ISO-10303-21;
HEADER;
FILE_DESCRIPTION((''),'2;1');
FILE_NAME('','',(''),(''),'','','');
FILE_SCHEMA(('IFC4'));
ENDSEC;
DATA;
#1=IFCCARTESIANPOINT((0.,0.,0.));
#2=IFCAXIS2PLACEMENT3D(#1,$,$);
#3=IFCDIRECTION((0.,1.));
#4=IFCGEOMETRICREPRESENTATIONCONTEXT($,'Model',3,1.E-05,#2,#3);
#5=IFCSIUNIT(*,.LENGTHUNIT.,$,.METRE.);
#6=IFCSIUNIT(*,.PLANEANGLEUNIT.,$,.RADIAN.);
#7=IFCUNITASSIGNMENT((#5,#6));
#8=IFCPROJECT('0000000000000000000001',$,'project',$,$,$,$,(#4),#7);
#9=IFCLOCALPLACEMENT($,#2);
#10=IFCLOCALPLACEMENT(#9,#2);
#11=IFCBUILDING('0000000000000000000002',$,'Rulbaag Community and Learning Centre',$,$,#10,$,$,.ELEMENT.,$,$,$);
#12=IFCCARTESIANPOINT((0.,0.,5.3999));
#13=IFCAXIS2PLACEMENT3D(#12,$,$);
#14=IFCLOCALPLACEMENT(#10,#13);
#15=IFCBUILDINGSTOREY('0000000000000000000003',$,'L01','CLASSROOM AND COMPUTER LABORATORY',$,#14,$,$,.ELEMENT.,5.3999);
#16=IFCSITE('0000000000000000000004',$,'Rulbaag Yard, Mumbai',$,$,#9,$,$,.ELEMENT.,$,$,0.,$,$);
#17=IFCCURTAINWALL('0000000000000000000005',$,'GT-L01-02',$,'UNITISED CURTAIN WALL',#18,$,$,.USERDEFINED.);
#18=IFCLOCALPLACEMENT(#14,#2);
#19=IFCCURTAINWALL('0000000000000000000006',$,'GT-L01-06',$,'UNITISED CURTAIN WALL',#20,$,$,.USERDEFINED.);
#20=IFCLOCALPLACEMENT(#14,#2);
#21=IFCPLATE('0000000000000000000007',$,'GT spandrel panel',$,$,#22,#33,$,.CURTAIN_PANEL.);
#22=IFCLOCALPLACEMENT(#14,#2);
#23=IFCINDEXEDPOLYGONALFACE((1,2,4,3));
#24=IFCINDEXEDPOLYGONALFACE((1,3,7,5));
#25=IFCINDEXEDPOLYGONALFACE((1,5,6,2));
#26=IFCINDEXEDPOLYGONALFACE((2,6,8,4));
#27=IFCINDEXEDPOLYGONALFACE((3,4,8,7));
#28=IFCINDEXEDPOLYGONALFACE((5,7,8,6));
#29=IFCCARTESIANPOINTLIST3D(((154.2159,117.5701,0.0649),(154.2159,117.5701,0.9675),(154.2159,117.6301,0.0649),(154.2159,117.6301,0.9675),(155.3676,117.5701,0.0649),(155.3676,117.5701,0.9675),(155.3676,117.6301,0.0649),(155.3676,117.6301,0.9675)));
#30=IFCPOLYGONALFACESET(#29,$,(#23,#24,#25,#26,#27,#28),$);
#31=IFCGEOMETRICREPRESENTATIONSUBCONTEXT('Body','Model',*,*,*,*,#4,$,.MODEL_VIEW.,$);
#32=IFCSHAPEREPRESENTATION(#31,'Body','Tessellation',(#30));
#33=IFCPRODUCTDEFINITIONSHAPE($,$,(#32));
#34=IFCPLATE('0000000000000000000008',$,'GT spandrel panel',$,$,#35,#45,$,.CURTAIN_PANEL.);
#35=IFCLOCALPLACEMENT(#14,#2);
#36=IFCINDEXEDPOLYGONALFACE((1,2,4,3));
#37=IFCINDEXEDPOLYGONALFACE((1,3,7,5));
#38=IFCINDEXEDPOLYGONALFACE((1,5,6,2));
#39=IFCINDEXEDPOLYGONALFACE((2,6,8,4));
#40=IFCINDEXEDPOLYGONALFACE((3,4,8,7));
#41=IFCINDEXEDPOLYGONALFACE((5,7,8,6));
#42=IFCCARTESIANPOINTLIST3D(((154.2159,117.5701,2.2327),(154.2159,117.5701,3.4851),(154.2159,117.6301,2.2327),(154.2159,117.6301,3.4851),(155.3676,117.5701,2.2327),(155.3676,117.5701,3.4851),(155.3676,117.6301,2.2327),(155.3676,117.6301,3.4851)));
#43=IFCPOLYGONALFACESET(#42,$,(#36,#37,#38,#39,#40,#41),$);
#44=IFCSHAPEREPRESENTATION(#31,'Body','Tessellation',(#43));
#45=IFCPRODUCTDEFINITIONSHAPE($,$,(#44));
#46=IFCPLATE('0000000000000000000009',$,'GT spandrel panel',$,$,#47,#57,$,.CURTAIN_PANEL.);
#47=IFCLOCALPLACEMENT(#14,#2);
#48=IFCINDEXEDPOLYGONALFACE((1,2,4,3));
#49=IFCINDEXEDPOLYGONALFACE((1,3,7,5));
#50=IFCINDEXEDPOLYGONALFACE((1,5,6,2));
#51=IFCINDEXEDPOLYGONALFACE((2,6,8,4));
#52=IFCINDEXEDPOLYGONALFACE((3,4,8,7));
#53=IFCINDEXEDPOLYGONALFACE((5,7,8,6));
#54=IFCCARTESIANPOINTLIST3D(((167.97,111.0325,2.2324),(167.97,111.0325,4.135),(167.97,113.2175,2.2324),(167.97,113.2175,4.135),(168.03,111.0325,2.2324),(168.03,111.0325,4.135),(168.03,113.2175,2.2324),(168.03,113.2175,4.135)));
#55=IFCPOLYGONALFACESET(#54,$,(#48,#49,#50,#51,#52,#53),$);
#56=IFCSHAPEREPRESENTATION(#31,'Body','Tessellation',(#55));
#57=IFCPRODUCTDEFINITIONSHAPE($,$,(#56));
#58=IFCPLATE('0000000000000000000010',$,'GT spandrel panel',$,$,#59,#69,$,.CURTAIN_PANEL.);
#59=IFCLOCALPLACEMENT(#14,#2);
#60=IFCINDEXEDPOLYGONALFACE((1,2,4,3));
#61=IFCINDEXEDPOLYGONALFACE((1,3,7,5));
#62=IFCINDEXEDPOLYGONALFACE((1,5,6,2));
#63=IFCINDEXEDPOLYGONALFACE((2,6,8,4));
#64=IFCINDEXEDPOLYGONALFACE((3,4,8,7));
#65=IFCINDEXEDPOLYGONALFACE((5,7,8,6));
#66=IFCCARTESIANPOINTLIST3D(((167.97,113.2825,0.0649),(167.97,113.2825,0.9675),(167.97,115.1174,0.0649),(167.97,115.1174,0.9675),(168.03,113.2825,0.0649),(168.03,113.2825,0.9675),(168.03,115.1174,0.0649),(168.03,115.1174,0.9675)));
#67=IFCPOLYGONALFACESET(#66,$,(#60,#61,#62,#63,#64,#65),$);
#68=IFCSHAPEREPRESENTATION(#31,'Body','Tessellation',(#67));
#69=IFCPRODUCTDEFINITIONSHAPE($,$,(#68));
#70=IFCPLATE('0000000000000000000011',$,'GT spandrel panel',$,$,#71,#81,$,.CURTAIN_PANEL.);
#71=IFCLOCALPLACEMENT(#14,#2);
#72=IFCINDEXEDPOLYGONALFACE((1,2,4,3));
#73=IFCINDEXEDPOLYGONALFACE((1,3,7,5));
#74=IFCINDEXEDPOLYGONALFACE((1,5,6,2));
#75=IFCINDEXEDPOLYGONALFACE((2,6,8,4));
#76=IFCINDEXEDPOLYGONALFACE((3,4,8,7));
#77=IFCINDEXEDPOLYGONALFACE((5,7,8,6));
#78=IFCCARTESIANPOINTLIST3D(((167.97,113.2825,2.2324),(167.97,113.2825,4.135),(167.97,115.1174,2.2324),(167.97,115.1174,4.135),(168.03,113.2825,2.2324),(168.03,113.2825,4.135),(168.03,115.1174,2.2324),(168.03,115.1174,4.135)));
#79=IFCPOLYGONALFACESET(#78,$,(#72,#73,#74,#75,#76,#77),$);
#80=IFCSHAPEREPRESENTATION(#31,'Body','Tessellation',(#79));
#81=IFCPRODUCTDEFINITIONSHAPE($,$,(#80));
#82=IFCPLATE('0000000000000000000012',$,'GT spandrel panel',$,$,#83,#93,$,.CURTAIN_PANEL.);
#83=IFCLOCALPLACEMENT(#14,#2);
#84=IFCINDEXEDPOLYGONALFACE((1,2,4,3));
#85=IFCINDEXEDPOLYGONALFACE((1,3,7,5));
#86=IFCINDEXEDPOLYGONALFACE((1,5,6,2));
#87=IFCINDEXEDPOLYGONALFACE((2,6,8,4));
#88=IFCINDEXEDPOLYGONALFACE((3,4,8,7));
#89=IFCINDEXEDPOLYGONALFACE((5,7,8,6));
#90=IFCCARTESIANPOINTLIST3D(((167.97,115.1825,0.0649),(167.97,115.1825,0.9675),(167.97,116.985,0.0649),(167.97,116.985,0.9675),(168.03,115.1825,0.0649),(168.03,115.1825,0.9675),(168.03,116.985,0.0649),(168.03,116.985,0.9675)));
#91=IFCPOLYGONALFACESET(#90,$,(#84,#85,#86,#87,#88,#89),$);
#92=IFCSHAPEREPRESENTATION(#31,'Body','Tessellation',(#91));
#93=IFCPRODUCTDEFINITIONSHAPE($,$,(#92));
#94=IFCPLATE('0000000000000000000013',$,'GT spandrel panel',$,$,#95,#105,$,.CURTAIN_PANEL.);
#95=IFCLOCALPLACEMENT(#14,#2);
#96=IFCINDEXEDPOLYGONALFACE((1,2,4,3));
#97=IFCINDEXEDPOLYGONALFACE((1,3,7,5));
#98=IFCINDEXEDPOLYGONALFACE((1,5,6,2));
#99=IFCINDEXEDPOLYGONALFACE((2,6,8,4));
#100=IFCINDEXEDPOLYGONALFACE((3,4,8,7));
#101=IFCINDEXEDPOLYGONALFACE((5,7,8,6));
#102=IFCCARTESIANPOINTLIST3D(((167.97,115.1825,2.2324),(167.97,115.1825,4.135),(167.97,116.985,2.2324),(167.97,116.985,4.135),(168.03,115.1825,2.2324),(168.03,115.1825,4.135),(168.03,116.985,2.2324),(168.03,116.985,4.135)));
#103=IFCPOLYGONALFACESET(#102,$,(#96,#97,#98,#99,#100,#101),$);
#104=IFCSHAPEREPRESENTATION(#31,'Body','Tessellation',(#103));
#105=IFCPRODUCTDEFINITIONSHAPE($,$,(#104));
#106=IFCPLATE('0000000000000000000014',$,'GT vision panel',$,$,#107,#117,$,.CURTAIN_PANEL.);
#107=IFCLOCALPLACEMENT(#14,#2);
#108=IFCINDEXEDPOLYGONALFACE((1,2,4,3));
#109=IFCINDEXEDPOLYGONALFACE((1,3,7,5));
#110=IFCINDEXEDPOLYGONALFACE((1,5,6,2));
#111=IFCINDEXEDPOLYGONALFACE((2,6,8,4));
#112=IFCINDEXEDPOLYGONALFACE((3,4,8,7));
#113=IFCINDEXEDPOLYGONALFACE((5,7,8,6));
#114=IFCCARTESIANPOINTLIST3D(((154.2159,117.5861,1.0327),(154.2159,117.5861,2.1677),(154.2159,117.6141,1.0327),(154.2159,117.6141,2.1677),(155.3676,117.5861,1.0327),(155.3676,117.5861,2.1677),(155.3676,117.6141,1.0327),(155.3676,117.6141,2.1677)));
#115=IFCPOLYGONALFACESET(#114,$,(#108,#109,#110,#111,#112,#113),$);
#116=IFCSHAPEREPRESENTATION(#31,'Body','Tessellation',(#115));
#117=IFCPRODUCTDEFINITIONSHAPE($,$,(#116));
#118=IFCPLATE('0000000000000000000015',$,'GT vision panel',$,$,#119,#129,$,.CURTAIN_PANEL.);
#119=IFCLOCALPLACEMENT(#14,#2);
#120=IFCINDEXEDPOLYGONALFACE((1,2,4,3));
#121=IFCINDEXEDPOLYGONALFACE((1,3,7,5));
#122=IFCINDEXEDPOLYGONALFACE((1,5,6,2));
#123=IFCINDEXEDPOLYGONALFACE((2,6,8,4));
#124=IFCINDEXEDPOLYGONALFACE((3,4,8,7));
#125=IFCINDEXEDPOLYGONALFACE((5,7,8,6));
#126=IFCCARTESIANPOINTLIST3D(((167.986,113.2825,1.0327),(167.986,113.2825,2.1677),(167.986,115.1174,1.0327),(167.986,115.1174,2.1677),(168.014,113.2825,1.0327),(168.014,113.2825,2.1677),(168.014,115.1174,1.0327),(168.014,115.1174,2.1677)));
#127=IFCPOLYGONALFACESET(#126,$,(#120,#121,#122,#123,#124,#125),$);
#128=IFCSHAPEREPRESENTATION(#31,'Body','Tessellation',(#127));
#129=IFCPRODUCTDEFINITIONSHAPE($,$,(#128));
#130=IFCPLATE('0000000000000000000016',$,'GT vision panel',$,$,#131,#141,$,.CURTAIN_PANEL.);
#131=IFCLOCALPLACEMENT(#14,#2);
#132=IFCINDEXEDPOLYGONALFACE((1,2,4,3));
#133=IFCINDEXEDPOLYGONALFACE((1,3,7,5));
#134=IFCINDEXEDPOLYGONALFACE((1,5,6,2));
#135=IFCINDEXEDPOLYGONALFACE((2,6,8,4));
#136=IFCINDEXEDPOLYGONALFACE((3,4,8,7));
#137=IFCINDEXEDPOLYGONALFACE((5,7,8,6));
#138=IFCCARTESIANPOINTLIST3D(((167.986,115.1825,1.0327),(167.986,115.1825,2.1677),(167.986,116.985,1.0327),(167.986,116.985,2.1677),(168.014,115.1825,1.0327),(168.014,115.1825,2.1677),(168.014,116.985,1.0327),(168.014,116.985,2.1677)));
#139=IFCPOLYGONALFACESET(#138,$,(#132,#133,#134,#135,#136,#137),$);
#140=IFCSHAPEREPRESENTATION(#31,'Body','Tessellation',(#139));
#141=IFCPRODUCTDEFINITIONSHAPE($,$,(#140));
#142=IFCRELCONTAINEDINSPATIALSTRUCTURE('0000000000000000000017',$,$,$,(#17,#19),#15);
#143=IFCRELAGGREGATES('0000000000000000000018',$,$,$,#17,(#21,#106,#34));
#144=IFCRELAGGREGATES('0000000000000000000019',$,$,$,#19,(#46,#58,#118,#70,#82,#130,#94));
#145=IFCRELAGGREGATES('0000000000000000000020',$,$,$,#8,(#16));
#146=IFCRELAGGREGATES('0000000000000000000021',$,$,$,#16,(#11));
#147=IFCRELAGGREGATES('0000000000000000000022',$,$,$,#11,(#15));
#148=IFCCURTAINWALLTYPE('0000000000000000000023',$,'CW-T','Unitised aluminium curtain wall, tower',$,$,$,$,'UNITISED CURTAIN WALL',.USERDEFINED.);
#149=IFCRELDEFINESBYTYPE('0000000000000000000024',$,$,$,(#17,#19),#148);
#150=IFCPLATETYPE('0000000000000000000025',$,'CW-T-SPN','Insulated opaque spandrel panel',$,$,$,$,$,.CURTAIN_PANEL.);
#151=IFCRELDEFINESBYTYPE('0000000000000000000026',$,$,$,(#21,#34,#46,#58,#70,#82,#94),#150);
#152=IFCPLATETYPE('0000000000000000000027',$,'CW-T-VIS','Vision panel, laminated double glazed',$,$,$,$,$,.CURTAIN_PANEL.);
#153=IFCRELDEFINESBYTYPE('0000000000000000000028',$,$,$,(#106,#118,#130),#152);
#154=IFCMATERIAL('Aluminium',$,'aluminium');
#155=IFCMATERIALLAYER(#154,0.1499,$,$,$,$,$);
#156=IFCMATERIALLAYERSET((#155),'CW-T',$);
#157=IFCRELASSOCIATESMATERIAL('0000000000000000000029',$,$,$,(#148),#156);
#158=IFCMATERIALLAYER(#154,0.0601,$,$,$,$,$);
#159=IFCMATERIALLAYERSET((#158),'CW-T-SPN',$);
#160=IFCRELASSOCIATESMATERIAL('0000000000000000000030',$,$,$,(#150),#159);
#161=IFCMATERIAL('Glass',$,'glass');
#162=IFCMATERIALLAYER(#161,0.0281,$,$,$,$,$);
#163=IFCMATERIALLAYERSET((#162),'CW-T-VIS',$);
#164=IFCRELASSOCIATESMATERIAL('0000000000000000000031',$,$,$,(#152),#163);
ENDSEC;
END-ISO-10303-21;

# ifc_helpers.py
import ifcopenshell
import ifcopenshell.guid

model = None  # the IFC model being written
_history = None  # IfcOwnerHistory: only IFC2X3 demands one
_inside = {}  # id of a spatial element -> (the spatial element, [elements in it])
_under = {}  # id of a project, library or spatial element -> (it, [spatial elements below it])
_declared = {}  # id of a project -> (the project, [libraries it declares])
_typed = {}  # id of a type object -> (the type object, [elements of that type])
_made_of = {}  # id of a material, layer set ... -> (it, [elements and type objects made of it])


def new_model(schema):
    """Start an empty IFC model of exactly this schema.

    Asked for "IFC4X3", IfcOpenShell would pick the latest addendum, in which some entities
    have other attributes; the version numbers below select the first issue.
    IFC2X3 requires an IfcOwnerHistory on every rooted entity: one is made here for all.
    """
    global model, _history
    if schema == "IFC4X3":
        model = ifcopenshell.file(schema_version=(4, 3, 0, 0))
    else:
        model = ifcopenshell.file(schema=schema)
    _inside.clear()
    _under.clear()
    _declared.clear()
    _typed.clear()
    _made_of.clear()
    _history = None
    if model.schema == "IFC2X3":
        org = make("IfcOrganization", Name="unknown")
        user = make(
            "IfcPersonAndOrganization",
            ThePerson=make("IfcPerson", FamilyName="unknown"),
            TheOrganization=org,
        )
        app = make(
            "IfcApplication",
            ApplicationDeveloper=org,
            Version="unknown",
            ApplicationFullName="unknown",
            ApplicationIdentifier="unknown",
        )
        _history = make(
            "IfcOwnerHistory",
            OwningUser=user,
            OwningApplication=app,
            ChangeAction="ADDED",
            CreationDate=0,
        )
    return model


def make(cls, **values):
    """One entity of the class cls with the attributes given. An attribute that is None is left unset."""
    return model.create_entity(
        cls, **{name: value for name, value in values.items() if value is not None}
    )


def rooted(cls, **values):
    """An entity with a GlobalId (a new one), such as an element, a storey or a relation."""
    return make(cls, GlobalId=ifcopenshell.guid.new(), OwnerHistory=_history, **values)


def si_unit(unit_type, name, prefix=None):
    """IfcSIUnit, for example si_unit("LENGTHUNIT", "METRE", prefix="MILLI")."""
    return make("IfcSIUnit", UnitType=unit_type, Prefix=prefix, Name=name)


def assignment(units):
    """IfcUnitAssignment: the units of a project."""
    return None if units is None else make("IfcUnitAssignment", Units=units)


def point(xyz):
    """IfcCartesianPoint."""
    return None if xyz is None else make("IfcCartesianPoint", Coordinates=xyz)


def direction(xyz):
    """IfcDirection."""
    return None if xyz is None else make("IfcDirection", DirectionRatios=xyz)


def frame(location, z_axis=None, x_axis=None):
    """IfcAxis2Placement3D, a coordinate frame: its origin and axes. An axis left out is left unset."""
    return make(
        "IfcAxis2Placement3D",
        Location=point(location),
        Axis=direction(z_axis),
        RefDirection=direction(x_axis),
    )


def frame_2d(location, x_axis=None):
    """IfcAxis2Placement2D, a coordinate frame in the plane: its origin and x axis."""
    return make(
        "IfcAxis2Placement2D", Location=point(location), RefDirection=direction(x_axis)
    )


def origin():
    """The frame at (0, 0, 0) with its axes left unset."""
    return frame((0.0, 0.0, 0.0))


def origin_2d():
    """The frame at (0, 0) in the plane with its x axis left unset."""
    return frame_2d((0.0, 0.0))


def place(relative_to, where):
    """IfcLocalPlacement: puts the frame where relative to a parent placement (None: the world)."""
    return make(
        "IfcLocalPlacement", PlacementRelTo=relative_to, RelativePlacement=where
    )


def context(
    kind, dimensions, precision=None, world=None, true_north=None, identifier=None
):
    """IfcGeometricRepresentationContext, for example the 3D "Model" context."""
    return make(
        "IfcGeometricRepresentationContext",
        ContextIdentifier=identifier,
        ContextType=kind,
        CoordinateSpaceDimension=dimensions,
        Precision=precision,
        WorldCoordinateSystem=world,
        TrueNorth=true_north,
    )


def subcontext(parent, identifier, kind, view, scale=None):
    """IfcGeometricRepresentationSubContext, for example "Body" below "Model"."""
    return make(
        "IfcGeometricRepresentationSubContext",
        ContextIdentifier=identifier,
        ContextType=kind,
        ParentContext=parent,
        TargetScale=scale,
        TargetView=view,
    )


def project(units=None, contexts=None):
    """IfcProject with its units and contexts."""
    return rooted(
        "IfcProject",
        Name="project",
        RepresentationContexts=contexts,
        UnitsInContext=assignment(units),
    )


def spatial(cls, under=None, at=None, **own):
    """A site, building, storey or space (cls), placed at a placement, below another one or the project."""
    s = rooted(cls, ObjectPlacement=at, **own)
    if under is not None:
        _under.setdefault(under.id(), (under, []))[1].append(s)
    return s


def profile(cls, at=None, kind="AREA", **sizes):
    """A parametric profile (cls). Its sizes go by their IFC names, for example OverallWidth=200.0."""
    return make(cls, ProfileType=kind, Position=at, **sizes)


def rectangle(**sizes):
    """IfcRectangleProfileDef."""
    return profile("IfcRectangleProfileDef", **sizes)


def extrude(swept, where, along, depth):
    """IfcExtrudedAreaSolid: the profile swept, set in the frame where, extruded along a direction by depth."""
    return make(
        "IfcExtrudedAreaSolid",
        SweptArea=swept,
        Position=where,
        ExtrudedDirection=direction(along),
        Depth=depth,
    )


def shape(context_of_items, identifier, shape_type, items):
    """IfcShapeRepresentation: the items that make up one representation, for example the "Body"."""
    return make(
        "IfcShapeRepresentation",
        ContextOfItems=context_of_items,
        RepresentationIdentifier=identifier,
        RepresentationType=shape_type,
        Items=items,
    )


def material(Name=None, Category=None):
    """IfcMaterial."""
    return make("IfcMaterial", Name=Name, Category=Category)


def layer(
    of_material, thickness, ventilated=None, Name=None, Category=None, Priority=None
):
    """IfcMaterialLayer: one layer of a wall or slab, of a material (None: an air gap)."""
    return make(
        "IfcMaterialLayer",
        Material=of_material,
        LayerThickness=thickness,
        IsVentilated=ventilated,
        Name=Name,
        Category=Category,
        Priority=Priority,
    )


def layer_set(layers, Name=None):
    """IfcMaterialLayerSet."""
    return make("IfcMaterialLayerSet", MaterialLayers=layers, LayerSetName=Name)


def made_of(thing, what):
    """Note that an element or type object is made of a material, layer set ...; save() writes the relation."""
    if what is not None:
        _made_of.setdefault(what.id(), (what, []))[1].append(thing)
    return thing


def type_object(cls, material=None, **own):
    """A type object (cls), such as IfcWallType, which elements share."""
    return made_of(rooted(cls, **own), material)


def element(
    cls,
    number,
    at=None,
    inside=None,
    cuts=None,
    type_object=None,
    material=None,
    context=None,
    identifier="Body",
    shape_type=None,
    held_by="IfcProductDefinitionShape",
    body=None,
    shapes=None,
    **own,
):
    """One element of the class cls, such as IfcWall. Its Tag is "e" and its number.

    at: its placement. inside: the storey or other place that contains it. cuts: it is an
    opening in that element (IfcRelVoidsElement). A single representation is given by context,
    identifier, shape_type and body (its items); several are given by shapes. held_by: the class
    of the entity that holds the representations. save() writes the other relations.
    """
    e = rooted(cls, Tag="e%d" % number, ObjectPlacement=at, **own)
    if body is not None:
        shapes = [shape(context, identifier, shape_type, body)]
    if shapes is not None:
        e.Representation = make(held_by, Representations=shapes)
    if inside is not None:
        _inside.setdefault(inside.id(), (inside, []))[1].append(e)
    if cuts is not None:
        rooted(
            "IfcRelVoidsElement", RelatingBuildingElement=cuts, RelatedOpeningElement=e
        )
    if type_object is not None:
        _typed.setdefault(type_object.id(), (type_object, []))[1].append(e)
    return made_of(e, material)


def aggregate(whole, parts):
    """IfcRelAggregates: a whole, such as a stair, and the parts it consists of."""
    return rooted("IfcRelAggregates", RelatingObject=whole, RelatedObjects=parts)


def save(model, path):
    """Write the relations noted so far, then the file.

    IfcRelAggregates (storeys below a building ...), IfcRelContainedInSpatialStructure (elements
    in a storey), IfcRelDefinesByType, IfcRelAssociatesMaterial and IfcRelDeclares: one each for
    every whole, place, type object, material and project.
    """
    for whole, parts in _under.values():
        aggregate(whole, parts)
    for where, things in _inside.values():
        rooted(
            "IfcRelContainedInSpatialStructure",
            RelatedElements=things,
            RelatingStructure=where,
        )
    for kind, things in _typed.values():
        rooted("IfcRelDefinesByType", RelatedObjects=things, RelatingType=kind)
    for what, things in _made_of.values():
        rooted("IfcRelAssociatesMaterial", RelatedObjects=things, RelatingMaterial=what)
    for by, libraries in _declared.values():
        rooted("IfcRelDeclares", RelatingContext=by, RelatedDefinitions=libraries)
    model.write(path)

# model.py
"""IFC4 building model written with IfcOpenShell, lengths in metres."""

from ifc_helpers import new_model, si_unit, direction, frame, origin, origin_2d, place, context, subcontext, project, spatial, rectangle, extrude, material, layer, layer_set, type_object, element, aggregate, save


model = new_model("IFC4")

# Units and contexts
model_context = context("Model", 3, precision=1e-05, world=origin(), true_north=direction((0.0, 1.0)))
body_context = subcontext(model_context, "Body", "Model", "MODEL_VIEW")
ifc_project = project(units=[si_unit("LENGTHUNIT", "METRE"), si_unit("PLANEANGLEUNIT", "RADIAN")], contexts=[model_context])

# Site, building, storey
site_placement = place(None, origin())
site = spatial("IfcSite", under=ifc_project, at=site_placement, Name="Rulbaag Yard, Mumbai", CompositionType="ELEMENT", RefElevation=0.0)
building_placement = place(site_placement, origin())
building = spatial("IfcBuilding", under=site, at=building_placement, Name="Rulbaag Community and Learning Centre", CompositionType="ELEMENT")
storey_placement = place(building_placement, frame((0.0, 0.0, 5.3999)))
storey = spatial("IfcBuildingStorey", under=building, at=storey_placement, Name="L01", Description="CLASSROOM AND COMPUTER LABORATORY", CompositionType="ELEMENT", Elevation=5.3999)

# Curtain wall
ifc_material_1 = material(Name="Aluminium", Category="aluminium")
ifc_layer_1 = layer(ifc_material_1, 0.1499)
ifc_layer_set_1 = layer_set([ifc_layer_1], Name="CW-T")
curtain_wall_type = type_object("IfcCurtainWallType", Name="CW-T", Description="Unitised aluminium curtain wall, tower", ElementType="UNITISED CURTAIN WALL", PredefinedType="USERDEFINED", material=ifc_layer_set_1)
curtain_wall_1_placement = place(storey_placement, origin())
curtain_wall_1 = element("IfcCurtainWall", 1, at=curtain_wall_1_placement, inside=storey, type_object=curtain_wall_type, Name="GT-L01-02", ObjectType="UNITISED CURTAIN WALL", PredefinedType="USERDEFINED")

# Curtain wall
curtain_wall_2_placement = place(storey_placement, origin())
curtain_wall_2 = element("IfcCurtainWall", 2, at=curtain_wall_2_placement, inside=storey, type_object=curtain_wall_type, Name="GT-L01-06", ObjectType="UNITISED CURTAIN WALL", PredefinedType="USERDEFINED")

# Plates
ifc_layer_2 = layer(ifc_material_1, 0.0601)
ifc_layer_set_2 = layer_set([ifc_layer_2], Name="CW-T-SPN")
plate_type_1 = type_object("IfcPlateType", Name="CW-T-SPN", Description="Insulated opaque spandrel panel", PredefinedType="CURTAIN_PANEL", material=ifc_layer_set_2)
plate_1_placement = place(storey_placement, frame((154.7917, 117.6001, 0.0649), z_axis=(0.0, 0.0, 1.0), x_axis=(1.0, 0.0, 0.0)))
plate_1 = element("IfcPlate", 3, at=plate_1_placement, type_object=plate_type_1, Name="GT spandrel panel", PredefinedType="CURTAIN_PANEL", context=body_context, shape_type="SweptSolid", body=[
    extrude(rectangle(XDim=1.1516, YDim=0.0601, at=origin_2d()), origin(), (0.0, 0.0, 1.0), 0.9026),
])
plate_2_placement = place(storey_placement, frame((154.7917, 117.6001, 2.2327), z_axis=(0.0, 0.0, 1.0), x_axis=(1.0, 0.0, 0.0)))
plate_2 = element("IfcPlate", 4, at=plate_2_placement, type_object=plate_type_1, Name="GT spandrel panel", PredefinedType="CURTAIN_PANEL", context=body_context, shape_type="SweptSolid", body=[
    extrude(rectangle(XDim=1.1516, YDim=0.0601, at=origin_2d()), origin(), (0.0, 0.0, 1.0), 1.2524),
])
plate_3_placement = place(storey_placement, frame((168.0, 112.125, 2.2324), z_axis=(0.0, 0.0, 1.0), x_axis=(0.0, 1.0, 0.0)))
plate_3 = element("IfcPlate", 5, at=plate_3_placement, type_object=plate_type_1, Name="GT spandrel panel", PredefinedType="CURTAIN_PANEL", context=body_context, shape_type="SweptSolid", body=[
    extrude(rectangle(XDim=2.1851, YDim=0.0601, at=origin_2d()), origin(), (0.0, 0.0, 1.0), 1.9026),
])
plate_4_placement = place(storey_placement, frame((168.0, 114.2, 0.0649), z_axis=(0.0, 0.0, 1.0), x_axis=(0.0, 1.0, 0.0)))
plate_4 = element("IfcPlate", 6, at=plate_4_placement, type_object=plate_type_1, Name="GT spandrel panel", PredefinedType="CURTAIN_PANEL", context=body_context, shape_type="SweptSolid", body=[
    extrude(rectangle(XDim=1.835, YDim=0.0601, at=origin_2d()), origin(), (0.0, 0.0, 1.0), 0.9026),
])
plate_5_placement = place(storey_placement, frame((168.0, 114.2, 2.2324), z_axis=(0.0, 0.0, 1.0), x_axis=(0.0, 1.0, 0.0)))
plate_5 = element("IfcPlate", 7, at=plate_5_placement, type_object=plate_type_1, Name="GT spandrel panel", PredefinedType="CURTAIN_PANEL", context=body_context, shape_type="SweptSolid", body=[
    extrude(rectangle(XDim=1.835, YDim=0.0601, at=origin_2d()), origin(), (0.0, 0.0, 1.0), 1.9026),
])
plate_6_placement = place(storey_placement, frame((168.0, 116.0837, 0.0649), z_axis=(0.0, 0.0, 1.0), x_axis=(0.0, 1.0, 0.0)))
plate_6 = element("IfcPlate", 8, at=plate_6_placement, type_object=plate_type_1, Name="GT spandrel panel", PredefinedType="CURTAIN_PANEL", context=body_context, shape_type="SweptSolid", body=[
    extrude(rectangle(XDim=1.8025, YDim=0.0601, at=origin_2d()), origin(), (0.0, 0.0, 1.0), 0.9026),
])
plate_7_placement = place(storey_placement, frame((168.0, 116.0837, 2.2324), z_axis=(0.0, 0.0, 1.0), x_axis=(0.0, 1.0, 0.0)))
plate_7 = element("IfcPlate", 9, at=plate_7_placement, type_object=plate_type_1, Name="GT spandrel panel", PredefinedType="CURTAIN_PANEL", context=body_context, shape_type="SweptSolid", body=[
    extrude(rectangle(XDim=1.8025, YDim=0.0601, at=origin_2d()), origin(), (0.0, 0.0, 1.0), 1.9026),
])
ifc_material_2 = material(Name="Glass", Category="glass")
ifc_layer_3 = layer(ifc_material_2, 0.0281)
ifc_layer_set_3 = layer_set([ifc_layer_3], Name="CW-T-VIS")
plate_type_2 = type_object("IfcPlateType", Name="CW-T-VIS", Description="Vision panel, laminated double glazed", PredefinedType="CURTAIN_PANEL", material=ifc_layer_set_3)
plate_8_placement = place(storey_placement, frame((154.7917, 117.6001, 1.0327), z_axis=(0.0, 0.0, 1.0), x_axis=(1.0, 0.0, 0.0)))
plate_8 = element("IfcPlate", 10, at=plate_8_placement, type_object=plate_type_2, Name="GT vision panel", PredefinedType="CURTAIN_PANEL", context=body_context, shape_type="SweptSolid", body=[
    extrude(rectangle(XDim=1.1516, YDim=0.0281, at=origin_2d()), origin(), (0.0, 0.0, 1.0), 1.135),
])
aggregate(curtain_wall_1, [plate_1, plate_8, plate_2])
plate_9_placement = place(storey_placement, frame((168.0, 114.2, 1.0327), z_axis=(0.0, 0.0, 1.0), x_axis=(0.0, 1.0, 0.0)))
plate_9 = element("IfcPlate", 11, at=plate_9_placement, type_object=plate_type_2, Name="GT vision panel", PredefinedType="CURTAIN_PANEL", context=body_context, shape_type="SweptSolid", body=[
    extrude(rectangle(XDim=1.835, YDim=0.0281, at=origin_2d()), origin(), (0.0, 0.0, 1.0), 1.135),
])
plate_10_placement = place(storey_placement, frame((168.0, 116.0837, 1.0327), z_axis=(0.0, 0.0, 1.0), x_axis=(0.0, 1.0, 0.0)))
plate_10 = element("IfcPlate", 12, at=plate_10_placement, type_object=plate_type_2, Name="GT vision panel", PredefinedType="CURTAIN_PANEL", context=body_context, shape_type="SweptSolid", body=[
    extrude(rectangle(XDim=1.8025, YDim=0.0281, at=origin_2d()), origin(), (0.0, 0.0, 1.0), 1.135),
])
aggregate(curtain_wall_2, [plate_3, plate_4, plate_9, plate_5, plate_6, plate_10, plate_7])

save(model, "model.ifc")
